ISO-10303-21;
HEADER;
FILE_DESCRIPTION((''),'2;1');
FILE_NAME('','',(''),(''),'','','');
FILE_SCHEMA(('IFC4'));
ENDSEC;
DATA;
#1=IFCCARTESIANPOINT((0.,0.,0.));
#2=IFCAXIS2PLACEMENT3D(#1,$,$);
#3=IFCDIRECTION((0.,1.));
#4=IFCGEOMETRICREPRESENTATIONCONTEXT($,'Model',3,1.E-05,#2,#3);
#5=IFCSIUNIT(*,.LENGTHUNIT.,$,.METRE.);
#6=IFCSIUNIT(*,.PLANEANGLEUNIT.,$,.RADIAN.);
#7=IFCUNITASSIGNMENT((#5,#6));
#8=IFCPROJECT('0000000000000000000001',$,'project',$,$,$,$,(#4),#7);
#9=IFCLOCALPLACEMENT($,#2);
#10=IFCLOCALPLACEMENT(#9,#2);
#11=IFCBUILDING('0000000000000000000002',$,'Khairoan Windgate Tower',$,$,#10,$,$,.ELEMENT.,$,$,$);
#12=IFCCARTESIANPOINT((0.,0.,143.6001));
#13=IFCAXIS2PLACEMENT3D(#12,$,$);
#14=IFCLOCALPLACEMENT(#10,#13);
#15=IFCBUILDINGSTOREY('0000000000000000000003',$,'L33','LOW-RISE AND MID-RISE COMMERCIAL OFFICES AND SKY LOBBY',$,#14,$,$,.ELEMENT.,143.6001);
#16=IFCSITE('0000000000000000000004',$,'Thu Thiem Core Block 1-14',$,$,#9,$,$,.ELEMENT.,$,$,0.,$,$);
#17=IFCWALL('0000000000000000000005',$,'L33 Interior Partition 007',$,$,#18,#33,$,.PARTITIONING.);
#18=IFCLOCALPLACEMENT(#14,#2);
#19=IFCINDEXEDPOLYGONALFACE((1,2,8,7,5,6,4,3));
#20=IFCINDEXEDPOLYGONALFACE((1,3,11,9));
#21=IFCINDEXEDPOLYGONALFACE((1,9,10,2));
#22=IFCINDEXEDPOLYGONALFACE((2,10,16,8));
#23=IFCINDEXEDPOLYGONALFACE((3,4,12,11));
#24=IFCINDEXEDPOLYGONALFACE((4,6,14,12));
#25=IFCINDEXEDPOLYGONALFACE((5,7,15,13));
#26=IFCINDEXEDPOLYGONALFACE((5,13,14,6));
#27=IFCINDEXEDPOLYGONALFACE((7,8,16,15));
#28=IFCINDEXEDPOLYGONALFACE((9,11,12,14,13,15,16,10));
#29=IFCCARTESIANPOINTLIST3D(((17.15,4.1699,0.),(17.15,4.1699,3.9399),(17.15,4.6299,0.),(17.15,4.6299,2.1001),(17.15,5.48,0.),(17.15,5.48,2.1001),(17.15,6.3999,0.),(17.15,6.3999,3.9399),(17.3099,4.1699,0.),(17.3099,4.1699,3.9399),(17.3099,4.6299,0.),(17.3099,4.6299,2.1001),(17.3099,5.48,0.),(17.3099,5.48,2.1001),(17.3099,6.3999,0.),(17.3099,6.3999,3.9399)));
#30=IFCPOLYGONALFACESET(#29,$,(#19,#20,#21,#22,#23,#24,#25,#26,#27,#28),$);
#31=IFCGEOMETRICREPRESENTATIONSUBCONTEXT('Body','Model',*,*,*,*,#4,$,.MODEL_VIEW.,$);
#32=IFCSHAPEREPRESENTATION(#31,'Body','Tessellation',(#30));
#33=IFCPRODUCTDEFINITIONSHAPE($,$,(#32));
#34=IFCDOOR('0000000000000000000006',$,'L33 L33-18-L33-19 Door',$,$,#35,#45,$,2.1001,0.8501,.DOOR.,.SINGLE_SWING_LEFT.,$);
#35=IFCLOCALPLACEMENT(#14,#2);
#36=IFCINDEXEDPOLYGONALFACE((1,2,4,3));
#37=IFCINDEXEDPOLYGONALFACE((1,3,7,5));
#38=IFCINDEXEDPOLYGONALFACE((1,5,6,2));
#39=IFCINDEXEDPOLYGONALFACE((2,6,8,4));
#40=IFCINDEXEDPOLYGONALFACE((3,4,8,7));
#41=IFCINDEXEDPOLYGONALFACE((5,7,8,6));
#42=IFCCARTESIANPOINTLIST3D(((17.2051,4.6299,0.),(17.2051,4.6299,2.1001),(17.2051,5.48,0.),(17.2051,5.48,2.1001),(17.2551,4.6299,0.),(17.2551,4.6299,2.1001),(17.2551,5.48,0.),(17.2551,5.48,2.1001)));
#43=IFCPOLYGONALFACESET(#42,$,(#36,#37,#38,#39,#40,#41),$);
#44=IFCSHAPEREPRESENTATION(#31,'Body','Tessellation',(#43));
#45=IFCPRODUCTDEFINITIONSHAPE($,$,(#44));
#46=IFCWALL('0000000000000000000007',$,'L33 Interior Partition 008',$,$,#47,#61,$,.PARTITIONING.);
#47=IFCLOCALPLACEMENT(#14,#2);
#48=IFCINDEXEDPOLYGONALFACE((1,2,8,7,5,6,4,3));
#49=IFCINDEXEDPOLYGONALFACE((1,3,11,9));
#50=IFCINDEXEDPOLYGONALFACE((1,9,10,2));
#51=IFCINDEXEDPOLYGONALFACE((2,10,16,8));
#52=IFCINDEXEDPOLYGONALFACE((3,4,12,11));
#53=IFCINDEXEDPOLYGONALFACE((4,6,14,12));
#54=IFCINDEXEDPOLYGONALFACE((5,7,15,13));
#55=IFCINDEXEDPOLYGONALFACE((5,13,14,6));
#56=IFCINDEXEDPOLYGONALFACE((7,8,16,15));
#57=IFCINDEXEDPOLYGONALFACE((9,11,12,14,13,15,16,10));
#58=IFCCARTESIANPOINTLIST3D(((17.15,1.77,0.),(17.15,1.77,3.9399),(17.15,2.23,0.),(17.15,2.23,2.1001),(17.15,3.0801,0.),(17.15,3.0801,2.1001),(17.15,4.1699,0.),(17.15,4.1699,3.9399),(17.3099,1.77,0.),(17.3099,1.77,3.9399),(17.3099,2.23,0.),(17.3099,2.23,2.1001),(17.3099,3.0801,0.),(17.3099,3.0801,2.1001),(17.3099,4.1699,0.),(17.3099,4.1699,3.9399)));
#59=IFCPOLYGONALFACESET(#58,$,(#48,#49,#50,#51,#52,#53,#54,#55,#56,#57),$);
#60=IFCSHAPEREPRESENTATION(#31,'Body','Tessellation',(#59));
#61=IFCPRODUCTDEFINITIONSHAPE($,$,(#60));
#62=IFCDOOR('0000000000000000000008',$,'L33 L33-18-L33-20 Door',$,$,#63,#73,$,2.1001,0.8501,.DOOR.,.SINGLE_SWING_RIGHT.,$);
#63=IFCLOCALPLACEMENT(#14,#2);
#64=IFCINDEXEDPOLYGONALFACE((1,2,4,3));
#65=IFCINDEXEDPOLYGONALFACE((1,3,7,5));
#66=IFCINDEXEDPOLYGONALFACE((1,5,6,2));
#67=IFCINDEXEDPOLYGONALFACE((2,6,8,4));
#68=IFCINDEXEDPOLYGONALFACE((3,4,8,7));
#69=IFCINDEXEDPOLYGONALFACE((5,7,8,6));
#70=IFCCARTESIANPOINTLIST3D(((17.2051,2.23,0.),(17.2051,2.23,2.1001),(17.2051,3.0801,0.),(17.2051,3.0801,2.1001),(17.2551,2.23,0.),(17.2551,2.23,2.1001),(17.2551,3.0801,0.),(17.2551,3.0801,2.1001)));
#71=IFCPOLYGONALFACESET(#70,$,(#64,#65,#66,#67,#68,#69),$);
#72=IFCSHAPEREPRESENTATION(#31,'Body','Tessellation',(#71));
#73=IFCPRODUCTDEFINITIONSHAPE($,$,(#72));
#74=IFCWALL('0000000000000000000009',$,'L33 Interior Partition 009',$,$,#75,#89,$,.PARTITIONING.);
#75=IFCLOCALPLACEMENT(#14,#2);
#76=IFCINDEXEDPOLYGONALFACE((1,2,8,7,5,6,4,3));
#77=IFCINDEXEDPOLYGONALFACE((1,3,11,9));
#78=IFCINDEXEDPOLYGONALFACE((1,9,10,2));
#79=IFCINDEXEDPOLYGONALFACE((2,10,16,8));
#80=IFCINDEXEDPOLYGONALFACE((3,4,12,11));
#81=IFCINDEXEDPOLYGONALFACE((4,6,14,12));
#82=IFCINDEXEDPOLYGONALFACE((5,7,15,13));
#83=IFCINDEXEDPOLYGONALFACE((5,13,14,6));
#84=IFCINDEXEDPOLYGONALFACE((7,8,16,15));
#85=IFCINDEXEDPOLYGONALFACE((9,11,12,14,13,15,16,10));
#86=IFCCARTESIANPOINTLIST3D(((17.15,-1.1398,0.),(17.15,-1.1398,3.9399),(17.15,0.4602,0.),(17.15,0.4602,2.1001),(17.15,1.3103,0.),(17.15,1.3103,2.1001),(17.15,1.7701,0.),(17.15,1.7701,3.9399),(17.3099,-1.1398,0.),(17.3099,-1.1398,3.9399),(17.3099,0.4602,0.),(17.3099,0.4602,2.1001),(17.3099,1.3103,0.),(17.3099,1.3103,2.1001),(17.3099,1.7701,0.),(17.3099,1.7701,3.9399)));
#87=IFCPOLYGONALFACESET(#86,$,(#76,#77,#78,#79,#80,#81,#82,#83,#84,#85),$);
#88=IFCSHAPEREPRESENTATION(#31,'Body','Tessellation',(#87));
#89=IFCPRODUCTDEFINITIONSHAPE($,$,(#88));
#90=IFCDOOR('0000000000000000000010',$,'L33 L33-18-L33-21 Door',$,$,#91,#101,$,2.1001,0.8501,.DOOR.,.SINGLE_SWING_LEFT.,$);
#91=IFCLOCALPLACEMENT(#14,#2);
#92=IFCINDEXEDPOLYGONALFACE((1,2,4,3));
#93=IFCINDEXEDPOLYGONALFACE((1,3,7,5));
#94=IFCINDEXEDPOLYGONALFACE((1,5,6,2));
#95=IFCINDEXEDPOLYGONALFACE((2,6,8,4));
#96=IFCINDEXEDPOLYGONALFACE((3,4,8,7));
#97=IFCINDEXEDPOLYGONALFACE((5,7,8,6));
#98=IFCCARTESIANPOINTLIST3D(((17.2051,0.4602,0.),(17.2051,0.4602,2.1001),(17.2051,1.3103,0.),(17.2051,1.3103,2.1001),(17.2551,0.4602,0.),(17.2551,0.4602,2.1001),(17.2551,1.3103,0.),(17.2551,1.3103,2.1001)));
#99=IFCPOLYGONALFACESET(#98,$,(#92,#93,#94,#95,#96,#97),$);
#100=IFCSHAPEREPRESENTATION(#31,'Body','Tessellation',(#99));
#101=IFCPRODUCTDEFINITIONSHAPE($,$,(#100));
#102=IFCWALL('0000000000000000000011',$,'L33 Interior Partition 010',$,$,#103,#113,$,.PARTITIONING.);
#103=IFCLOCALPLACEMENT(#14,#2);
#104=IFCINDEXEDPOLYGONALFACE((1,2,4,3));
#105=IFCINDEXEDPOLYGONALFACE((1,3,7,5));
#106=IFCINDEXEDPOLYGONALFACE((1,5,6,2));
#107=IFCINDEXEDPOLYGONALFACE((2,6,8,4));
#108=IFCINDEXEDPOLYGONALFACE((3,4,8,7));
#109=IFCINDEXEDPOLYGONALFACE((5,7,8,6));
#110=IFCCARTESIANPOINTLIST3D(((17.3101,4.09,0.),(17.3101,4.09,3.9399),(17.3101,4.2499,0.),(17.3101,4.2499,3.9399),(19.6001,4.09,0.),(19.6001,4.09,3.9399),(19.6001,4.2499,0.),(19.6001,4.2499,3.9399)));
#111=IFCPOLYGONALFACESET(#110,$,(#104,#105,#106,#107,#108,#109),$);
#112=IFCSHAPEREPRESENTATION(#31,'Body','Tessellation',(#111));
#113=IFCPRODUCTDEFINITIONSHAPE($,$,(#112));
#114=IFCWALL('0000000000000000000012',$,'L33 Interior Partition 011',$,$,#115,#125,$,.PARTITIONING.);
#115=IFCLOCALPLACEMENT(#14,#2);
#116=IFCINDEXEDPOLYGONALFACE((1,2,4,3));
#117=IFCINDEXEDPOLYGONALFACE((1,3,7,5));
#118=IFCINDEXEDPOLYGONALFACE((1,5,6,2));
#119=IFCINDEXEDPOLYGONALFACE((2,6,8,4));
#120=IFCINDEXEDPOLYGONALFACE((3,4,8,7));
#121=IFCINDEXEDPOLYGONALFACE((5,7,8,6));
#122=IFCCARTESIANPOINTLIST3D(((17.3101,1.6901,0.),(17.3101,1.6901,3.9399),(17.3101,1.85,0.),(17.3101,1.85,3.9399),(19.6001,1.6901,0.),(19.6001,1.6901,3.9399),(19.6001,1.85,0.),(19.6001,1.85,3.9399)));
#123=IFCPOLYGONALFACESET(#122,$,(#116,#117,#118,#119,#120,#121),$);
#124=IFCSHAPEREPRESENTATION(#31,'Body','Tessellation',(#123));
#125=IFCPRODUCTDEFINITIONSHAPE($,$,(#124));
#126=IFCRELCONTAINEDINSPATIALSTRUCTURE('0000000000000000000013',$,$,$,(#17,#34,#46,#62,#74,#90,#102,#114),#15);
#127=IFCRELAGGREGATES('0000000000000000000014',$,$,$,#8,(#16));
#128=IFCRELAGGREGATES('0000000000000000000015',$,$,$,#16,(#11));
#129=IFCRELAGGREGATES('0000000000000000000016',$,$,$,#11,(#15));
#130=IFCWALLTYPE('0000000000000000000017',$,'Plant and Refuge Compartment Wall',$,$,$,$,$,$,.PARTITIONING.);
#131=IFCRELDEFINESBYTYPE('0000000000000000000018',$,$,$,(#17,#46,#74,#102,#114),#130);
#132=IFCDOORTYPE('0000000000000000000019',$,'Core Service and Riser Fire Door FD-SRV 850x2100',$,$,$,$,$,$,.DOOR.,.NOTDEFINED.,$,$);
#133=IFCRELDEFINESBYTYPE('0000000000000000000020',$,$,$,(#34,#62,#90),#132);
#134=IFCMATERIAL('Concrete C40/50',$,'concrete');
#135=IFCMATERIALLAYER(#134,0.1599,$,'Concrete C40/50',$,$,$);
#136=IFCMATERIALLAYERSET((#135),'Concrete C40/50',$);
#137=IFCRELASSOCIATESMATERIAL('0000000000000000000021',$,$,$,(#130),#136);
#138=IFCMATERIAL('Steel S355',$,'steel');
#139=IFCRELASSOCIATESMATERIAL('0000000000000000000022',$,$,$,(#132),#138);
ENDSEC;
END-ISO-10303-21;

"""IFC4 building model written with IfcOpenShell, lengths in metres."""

from ifc_helpers import new_model, si_unit, direction, frame, frame_2d, origin, place, context, subcontext, project, spatial, rectangle, extrude, material, layer, layer_set, type_object, element, fill, save


model = new_model("IFC4")

# Units and contexts
model_context = context("Model", 3, precision=1e-05, world=origin(), true_north=direction((0.0, 1.0)))
body_context = subcontext(model_context, "Body", "Model", "MODEL_VIEW")
ifc_project = project(units=[si_unit("LENGTHUNIT", "METRE"), si_unit("PLANEANGLEUNIT", "RADIAN")], contexts=[model_context])

# Site, building, storey
site_placement = place(None, origin())
site = spatial("IfcSite", under=ifc_project, at=site_placement, Name="Thu Thiem Core Block 1-14", CompositionType="ELEMENT", RefElevation=0.0)
building_placement = place(site_placement, origin())
building = spatial("IfcBuilding", under=site, at=building_placement, Name="Khairoan Windgate Tower", CompositionType="ELEMENT")
storey_placement = place(building_placement, frame((0.0, 0.0, 143.6001)))
storey = spatial("IfcBuildingStorey", under=building, at=storey_placement, Name="L33", Description="LOW-RISE AND MID-RISE COMMERCIAL OFFICES AND SKY LOBBY", CompositionType="ELEMENT", Elevation=143.6001)

# Walls, openings, doors
ifc_material_1 = material(Name="Concrete C40/50", Category="concrete")
ifc_layer_1 = layer(ifc_material_1, 0.1599, Name="Concrete C40/50")
ifc_layer_set_1 = layer_set([ifc_layer_1], Name="Concrete C40/50")
wall_type_1 = type_object("IfcWallType", Name="Plant and Refuge Compartment Wall", PredefinedType="PARTITIONING", material=ifc_layer_set_1)
wall_1_placement = place(storey_placement, frame((17.23, 4.1699, 0.0), z_axis=(0.0, 0.0, 1.0), x_axis=(0.0, 1.0, 0.0)))
wall_1 = element("IfcWall", 1, at=wall_1_placement, inside=storey, type_object=wall_type_1, Name="L33 Interior Partition 007", PredefinedType="PARTITIONING", context=body_context, shape_type="SweptSolid", body=[
    extrude(rectangle(XDim=2.23, YDim=0.1599, at=frame_2d((1.115, 0.0))), origin(), (0.0, 0.0, 1.0), 3.9399),
])
opening_1_placement = place(wall_1_placement, frame((0.46, 0.0, 0.0)))
opening_1 = element("IfcOpeningElement", 2, at=opening_1_placement, cuts=wall_1, PredefinedType="OPENING", context=body_context, shape_type="SweptSolid", body=[
    extrude(rectangle(XDim=0.8501, YDim=2.1001, at=frame_2d((0.425, 1.05))), frame((0.0, 0.0898, 0.0), z_axis=(0.0, -1.0, 0.0), x_axis=(1.0, 0.0, 0.0)), (0.0, 0.0, 1.0), 0.1799),
])
ifc_material_2 = material(Name="Steel S355", Category="steel")
door_type = type_object("IfcDoorType", Name="Core Service and Riser Fire Door FD-SRV 850x2100", OperationType="NOTDEFINED", PredefinedType="DOOR", material=ifc_material_2)
door_1_placement = place(opening_1_placement, origin())
door_1 = element("IfcDoor", 3, at=door_1_placement, inside=storey, type_object=door_type, Name="L33 L33-18-L33-19 Door", OperationType="SINGLE_SWING_LEFT", OverallHeight=2.1001, OverallWidth=0.8501, PredefinedType="DOOR", context=body_context, shape_type="SweptSolid", body=[
    extrude(rectangle(XDim=0.8501, YDim=2.1001, at=frame_2d((0.425, 1.05))), frame((0.0, 0.0249, 0.0), z_axis=(0.0, -1.0, 0.0), x_axis=(1.0, 0.0, 0.0)), (0.0, 0.0, 1.0), 0.05),
])
fill(opening_1, door_1)
wall_2_placement = place(storey_placement, frame((17.23, 1.77, 0.0), z_axis=(0.0, 0.0, 1.0), x_axis=(0.0, 1.0, 0.0)))
wall_2 = element("IfcWall", 4, at=wall_2_placement, inside=storey, type_object=wall_type_1, Name="L33 Interior Partition 008", PredefinedType="PARTITIONING", context=body_context, shape_type="SweptSolid", body=[
    extrude(rectangle(XDim=2.3999, YDim=0.1599, at=frame_2d((1.2, 0.0))), origin(), (0.0, 0.0, 1.0), 3.9399),
])
opening_2_placement = place(wall_2_placement, frame((0.46, 0.0, 0.0)))
opening_2 = element("IfcOpeningElement", 5, at=opening_2_placement, cuts=wall_2, PredefinedType="OPENING", context=body_context, shape_type="SweptSolid", body=[
    extrude(rectangle(XDim=0.8501, YDim=2.1001, at=frame_2d((0.425, 1.05))), frame((0.0, 0.0898, 0.0), z_axis=(0.0, -1.0, 0.0), x_axis=(1.0, 0.0, 0.0)), (0.0, 0.0, 1.0), 0.1799),
])
door_2_placement = place(opening_2_placement, origin())
door_2 = element("IfcDoor", 6, at=door_2_placement, inside=storey, type_object=door_type, Name="L33 L33-18-L33-20 Door", OperationType="SINGLE_SWING_RIGHT", OverallHeight=2.1001, OverallWidth=0.8501, PredefinedType="DOOR", context=body_context, shape_type="SweptSolid", body=[
    extrude(rectangle(XDim=0.8501, YDim=2.1001, at=frame_2d((0.425, 1.05))), frame((0.0, 0.0249, 0.0), z_axis=(0.0, -1.0, 0.0), x_axis=(1.0, 0.0, 0.0)), (0.0, 0.0, 1.0), 0.05),
])
fill(opening_2, door_2)
wall_3_placement = place(storey_placement, frame((17.23, -1.1399, 0.0), z_axis=(0.0, 0.0, 1.0), x_axis=(0.0, 1.0, 0.0)))
wall_3 = element("IfcWall", 7, at=wall_3_placement, inside=storey, type_object=wall_type_1, Name="L33 Interior Partition 009", PredefinedType="PARTITIONING", context=body_context, shape_type="SweptSolid", body=[
    extrude(rectangle(XDim=2.9099, YDim=0.1599, at=frame_2d((1.4551, 0.0))), origin(), (0.0, 0.0, 1.0), 3.9399),
])
opening_3_placement = place(wall_3_placement, frame((1.6001, 0.0, 0.0)))
opening_3 = element("IfcOpeningElement", 8, at=opening_3_placement, cuts=wall_3, PredefinedType="OPENING", context=body_context, shape_type="SweptSolid", body=[
    extrude(rectangle(XDim=0.8501, YDim=2.1001, at=frame_2d((0.425, 1.05))), frame((0.0, 0.0898, 0.0), z_axis=(0.0, -1.0, 0.0), x_axis=(1.0, 0.0, 0.0)), (0.0, 0.0, 1.0), 0.1799),
])
door_3_placement = place(opening_3_placement, origin())
door_3 = element("IfcDoor", 9, at=door_3_placement, inside=storey, type_object=door_type, Name="L33 L33-18-L33-21 Door", OperationType="SINGLE_SWING_LEFT", OverallHeight=2.1001, OverallWidth=0.8501, PredefinedType="DOOR", context=body_context, shape_type="SweptSolid", body=[
    extrude(rectangle(XDim=0.8501, YDim=2.1001, at=frame_2d((0.425, 1.05))), frame((0.0, 0.0249, 0.0), z_axis=(0.0, -1.0, 0.0), x_axis=(1.0, 0.0, 0.0)), (0.0, 0.0, 1.0), 0.05),
])
fill(opening_3, door_3)

# Walls
for number, where, z_axis, x_axis, name in (
    (10, (17.3101, 4.1699, 0.0), (0.0, 0.0, 1.0), (1.0, 0.0, 0.0), "L33 Interior Partition 010"),
    (11, (17.3101, 1.77, 0.0), (0.0, 0.0, 1.0), (1.0, 0.0, 0.0), "L33 Interior Partition 011"),
):
    element("IfcWall", number, at=place(storey_placement, frame(where, z_axis=z_axis, x_axis=x_axis)), inside=storey, type_object=wall_type_1, Name=name, PredefinedType="PARTITIONING", context=body_context, shape_type="SweptSolid", body=[
        extrude(rectangle(XDim=2.29, YDim=0.1599, at=frame_2d((1.145, 0.0))), origin(), (0.0, 0.0, 1.0), 3.9399),
    ])

save(model, "model.ifc")
